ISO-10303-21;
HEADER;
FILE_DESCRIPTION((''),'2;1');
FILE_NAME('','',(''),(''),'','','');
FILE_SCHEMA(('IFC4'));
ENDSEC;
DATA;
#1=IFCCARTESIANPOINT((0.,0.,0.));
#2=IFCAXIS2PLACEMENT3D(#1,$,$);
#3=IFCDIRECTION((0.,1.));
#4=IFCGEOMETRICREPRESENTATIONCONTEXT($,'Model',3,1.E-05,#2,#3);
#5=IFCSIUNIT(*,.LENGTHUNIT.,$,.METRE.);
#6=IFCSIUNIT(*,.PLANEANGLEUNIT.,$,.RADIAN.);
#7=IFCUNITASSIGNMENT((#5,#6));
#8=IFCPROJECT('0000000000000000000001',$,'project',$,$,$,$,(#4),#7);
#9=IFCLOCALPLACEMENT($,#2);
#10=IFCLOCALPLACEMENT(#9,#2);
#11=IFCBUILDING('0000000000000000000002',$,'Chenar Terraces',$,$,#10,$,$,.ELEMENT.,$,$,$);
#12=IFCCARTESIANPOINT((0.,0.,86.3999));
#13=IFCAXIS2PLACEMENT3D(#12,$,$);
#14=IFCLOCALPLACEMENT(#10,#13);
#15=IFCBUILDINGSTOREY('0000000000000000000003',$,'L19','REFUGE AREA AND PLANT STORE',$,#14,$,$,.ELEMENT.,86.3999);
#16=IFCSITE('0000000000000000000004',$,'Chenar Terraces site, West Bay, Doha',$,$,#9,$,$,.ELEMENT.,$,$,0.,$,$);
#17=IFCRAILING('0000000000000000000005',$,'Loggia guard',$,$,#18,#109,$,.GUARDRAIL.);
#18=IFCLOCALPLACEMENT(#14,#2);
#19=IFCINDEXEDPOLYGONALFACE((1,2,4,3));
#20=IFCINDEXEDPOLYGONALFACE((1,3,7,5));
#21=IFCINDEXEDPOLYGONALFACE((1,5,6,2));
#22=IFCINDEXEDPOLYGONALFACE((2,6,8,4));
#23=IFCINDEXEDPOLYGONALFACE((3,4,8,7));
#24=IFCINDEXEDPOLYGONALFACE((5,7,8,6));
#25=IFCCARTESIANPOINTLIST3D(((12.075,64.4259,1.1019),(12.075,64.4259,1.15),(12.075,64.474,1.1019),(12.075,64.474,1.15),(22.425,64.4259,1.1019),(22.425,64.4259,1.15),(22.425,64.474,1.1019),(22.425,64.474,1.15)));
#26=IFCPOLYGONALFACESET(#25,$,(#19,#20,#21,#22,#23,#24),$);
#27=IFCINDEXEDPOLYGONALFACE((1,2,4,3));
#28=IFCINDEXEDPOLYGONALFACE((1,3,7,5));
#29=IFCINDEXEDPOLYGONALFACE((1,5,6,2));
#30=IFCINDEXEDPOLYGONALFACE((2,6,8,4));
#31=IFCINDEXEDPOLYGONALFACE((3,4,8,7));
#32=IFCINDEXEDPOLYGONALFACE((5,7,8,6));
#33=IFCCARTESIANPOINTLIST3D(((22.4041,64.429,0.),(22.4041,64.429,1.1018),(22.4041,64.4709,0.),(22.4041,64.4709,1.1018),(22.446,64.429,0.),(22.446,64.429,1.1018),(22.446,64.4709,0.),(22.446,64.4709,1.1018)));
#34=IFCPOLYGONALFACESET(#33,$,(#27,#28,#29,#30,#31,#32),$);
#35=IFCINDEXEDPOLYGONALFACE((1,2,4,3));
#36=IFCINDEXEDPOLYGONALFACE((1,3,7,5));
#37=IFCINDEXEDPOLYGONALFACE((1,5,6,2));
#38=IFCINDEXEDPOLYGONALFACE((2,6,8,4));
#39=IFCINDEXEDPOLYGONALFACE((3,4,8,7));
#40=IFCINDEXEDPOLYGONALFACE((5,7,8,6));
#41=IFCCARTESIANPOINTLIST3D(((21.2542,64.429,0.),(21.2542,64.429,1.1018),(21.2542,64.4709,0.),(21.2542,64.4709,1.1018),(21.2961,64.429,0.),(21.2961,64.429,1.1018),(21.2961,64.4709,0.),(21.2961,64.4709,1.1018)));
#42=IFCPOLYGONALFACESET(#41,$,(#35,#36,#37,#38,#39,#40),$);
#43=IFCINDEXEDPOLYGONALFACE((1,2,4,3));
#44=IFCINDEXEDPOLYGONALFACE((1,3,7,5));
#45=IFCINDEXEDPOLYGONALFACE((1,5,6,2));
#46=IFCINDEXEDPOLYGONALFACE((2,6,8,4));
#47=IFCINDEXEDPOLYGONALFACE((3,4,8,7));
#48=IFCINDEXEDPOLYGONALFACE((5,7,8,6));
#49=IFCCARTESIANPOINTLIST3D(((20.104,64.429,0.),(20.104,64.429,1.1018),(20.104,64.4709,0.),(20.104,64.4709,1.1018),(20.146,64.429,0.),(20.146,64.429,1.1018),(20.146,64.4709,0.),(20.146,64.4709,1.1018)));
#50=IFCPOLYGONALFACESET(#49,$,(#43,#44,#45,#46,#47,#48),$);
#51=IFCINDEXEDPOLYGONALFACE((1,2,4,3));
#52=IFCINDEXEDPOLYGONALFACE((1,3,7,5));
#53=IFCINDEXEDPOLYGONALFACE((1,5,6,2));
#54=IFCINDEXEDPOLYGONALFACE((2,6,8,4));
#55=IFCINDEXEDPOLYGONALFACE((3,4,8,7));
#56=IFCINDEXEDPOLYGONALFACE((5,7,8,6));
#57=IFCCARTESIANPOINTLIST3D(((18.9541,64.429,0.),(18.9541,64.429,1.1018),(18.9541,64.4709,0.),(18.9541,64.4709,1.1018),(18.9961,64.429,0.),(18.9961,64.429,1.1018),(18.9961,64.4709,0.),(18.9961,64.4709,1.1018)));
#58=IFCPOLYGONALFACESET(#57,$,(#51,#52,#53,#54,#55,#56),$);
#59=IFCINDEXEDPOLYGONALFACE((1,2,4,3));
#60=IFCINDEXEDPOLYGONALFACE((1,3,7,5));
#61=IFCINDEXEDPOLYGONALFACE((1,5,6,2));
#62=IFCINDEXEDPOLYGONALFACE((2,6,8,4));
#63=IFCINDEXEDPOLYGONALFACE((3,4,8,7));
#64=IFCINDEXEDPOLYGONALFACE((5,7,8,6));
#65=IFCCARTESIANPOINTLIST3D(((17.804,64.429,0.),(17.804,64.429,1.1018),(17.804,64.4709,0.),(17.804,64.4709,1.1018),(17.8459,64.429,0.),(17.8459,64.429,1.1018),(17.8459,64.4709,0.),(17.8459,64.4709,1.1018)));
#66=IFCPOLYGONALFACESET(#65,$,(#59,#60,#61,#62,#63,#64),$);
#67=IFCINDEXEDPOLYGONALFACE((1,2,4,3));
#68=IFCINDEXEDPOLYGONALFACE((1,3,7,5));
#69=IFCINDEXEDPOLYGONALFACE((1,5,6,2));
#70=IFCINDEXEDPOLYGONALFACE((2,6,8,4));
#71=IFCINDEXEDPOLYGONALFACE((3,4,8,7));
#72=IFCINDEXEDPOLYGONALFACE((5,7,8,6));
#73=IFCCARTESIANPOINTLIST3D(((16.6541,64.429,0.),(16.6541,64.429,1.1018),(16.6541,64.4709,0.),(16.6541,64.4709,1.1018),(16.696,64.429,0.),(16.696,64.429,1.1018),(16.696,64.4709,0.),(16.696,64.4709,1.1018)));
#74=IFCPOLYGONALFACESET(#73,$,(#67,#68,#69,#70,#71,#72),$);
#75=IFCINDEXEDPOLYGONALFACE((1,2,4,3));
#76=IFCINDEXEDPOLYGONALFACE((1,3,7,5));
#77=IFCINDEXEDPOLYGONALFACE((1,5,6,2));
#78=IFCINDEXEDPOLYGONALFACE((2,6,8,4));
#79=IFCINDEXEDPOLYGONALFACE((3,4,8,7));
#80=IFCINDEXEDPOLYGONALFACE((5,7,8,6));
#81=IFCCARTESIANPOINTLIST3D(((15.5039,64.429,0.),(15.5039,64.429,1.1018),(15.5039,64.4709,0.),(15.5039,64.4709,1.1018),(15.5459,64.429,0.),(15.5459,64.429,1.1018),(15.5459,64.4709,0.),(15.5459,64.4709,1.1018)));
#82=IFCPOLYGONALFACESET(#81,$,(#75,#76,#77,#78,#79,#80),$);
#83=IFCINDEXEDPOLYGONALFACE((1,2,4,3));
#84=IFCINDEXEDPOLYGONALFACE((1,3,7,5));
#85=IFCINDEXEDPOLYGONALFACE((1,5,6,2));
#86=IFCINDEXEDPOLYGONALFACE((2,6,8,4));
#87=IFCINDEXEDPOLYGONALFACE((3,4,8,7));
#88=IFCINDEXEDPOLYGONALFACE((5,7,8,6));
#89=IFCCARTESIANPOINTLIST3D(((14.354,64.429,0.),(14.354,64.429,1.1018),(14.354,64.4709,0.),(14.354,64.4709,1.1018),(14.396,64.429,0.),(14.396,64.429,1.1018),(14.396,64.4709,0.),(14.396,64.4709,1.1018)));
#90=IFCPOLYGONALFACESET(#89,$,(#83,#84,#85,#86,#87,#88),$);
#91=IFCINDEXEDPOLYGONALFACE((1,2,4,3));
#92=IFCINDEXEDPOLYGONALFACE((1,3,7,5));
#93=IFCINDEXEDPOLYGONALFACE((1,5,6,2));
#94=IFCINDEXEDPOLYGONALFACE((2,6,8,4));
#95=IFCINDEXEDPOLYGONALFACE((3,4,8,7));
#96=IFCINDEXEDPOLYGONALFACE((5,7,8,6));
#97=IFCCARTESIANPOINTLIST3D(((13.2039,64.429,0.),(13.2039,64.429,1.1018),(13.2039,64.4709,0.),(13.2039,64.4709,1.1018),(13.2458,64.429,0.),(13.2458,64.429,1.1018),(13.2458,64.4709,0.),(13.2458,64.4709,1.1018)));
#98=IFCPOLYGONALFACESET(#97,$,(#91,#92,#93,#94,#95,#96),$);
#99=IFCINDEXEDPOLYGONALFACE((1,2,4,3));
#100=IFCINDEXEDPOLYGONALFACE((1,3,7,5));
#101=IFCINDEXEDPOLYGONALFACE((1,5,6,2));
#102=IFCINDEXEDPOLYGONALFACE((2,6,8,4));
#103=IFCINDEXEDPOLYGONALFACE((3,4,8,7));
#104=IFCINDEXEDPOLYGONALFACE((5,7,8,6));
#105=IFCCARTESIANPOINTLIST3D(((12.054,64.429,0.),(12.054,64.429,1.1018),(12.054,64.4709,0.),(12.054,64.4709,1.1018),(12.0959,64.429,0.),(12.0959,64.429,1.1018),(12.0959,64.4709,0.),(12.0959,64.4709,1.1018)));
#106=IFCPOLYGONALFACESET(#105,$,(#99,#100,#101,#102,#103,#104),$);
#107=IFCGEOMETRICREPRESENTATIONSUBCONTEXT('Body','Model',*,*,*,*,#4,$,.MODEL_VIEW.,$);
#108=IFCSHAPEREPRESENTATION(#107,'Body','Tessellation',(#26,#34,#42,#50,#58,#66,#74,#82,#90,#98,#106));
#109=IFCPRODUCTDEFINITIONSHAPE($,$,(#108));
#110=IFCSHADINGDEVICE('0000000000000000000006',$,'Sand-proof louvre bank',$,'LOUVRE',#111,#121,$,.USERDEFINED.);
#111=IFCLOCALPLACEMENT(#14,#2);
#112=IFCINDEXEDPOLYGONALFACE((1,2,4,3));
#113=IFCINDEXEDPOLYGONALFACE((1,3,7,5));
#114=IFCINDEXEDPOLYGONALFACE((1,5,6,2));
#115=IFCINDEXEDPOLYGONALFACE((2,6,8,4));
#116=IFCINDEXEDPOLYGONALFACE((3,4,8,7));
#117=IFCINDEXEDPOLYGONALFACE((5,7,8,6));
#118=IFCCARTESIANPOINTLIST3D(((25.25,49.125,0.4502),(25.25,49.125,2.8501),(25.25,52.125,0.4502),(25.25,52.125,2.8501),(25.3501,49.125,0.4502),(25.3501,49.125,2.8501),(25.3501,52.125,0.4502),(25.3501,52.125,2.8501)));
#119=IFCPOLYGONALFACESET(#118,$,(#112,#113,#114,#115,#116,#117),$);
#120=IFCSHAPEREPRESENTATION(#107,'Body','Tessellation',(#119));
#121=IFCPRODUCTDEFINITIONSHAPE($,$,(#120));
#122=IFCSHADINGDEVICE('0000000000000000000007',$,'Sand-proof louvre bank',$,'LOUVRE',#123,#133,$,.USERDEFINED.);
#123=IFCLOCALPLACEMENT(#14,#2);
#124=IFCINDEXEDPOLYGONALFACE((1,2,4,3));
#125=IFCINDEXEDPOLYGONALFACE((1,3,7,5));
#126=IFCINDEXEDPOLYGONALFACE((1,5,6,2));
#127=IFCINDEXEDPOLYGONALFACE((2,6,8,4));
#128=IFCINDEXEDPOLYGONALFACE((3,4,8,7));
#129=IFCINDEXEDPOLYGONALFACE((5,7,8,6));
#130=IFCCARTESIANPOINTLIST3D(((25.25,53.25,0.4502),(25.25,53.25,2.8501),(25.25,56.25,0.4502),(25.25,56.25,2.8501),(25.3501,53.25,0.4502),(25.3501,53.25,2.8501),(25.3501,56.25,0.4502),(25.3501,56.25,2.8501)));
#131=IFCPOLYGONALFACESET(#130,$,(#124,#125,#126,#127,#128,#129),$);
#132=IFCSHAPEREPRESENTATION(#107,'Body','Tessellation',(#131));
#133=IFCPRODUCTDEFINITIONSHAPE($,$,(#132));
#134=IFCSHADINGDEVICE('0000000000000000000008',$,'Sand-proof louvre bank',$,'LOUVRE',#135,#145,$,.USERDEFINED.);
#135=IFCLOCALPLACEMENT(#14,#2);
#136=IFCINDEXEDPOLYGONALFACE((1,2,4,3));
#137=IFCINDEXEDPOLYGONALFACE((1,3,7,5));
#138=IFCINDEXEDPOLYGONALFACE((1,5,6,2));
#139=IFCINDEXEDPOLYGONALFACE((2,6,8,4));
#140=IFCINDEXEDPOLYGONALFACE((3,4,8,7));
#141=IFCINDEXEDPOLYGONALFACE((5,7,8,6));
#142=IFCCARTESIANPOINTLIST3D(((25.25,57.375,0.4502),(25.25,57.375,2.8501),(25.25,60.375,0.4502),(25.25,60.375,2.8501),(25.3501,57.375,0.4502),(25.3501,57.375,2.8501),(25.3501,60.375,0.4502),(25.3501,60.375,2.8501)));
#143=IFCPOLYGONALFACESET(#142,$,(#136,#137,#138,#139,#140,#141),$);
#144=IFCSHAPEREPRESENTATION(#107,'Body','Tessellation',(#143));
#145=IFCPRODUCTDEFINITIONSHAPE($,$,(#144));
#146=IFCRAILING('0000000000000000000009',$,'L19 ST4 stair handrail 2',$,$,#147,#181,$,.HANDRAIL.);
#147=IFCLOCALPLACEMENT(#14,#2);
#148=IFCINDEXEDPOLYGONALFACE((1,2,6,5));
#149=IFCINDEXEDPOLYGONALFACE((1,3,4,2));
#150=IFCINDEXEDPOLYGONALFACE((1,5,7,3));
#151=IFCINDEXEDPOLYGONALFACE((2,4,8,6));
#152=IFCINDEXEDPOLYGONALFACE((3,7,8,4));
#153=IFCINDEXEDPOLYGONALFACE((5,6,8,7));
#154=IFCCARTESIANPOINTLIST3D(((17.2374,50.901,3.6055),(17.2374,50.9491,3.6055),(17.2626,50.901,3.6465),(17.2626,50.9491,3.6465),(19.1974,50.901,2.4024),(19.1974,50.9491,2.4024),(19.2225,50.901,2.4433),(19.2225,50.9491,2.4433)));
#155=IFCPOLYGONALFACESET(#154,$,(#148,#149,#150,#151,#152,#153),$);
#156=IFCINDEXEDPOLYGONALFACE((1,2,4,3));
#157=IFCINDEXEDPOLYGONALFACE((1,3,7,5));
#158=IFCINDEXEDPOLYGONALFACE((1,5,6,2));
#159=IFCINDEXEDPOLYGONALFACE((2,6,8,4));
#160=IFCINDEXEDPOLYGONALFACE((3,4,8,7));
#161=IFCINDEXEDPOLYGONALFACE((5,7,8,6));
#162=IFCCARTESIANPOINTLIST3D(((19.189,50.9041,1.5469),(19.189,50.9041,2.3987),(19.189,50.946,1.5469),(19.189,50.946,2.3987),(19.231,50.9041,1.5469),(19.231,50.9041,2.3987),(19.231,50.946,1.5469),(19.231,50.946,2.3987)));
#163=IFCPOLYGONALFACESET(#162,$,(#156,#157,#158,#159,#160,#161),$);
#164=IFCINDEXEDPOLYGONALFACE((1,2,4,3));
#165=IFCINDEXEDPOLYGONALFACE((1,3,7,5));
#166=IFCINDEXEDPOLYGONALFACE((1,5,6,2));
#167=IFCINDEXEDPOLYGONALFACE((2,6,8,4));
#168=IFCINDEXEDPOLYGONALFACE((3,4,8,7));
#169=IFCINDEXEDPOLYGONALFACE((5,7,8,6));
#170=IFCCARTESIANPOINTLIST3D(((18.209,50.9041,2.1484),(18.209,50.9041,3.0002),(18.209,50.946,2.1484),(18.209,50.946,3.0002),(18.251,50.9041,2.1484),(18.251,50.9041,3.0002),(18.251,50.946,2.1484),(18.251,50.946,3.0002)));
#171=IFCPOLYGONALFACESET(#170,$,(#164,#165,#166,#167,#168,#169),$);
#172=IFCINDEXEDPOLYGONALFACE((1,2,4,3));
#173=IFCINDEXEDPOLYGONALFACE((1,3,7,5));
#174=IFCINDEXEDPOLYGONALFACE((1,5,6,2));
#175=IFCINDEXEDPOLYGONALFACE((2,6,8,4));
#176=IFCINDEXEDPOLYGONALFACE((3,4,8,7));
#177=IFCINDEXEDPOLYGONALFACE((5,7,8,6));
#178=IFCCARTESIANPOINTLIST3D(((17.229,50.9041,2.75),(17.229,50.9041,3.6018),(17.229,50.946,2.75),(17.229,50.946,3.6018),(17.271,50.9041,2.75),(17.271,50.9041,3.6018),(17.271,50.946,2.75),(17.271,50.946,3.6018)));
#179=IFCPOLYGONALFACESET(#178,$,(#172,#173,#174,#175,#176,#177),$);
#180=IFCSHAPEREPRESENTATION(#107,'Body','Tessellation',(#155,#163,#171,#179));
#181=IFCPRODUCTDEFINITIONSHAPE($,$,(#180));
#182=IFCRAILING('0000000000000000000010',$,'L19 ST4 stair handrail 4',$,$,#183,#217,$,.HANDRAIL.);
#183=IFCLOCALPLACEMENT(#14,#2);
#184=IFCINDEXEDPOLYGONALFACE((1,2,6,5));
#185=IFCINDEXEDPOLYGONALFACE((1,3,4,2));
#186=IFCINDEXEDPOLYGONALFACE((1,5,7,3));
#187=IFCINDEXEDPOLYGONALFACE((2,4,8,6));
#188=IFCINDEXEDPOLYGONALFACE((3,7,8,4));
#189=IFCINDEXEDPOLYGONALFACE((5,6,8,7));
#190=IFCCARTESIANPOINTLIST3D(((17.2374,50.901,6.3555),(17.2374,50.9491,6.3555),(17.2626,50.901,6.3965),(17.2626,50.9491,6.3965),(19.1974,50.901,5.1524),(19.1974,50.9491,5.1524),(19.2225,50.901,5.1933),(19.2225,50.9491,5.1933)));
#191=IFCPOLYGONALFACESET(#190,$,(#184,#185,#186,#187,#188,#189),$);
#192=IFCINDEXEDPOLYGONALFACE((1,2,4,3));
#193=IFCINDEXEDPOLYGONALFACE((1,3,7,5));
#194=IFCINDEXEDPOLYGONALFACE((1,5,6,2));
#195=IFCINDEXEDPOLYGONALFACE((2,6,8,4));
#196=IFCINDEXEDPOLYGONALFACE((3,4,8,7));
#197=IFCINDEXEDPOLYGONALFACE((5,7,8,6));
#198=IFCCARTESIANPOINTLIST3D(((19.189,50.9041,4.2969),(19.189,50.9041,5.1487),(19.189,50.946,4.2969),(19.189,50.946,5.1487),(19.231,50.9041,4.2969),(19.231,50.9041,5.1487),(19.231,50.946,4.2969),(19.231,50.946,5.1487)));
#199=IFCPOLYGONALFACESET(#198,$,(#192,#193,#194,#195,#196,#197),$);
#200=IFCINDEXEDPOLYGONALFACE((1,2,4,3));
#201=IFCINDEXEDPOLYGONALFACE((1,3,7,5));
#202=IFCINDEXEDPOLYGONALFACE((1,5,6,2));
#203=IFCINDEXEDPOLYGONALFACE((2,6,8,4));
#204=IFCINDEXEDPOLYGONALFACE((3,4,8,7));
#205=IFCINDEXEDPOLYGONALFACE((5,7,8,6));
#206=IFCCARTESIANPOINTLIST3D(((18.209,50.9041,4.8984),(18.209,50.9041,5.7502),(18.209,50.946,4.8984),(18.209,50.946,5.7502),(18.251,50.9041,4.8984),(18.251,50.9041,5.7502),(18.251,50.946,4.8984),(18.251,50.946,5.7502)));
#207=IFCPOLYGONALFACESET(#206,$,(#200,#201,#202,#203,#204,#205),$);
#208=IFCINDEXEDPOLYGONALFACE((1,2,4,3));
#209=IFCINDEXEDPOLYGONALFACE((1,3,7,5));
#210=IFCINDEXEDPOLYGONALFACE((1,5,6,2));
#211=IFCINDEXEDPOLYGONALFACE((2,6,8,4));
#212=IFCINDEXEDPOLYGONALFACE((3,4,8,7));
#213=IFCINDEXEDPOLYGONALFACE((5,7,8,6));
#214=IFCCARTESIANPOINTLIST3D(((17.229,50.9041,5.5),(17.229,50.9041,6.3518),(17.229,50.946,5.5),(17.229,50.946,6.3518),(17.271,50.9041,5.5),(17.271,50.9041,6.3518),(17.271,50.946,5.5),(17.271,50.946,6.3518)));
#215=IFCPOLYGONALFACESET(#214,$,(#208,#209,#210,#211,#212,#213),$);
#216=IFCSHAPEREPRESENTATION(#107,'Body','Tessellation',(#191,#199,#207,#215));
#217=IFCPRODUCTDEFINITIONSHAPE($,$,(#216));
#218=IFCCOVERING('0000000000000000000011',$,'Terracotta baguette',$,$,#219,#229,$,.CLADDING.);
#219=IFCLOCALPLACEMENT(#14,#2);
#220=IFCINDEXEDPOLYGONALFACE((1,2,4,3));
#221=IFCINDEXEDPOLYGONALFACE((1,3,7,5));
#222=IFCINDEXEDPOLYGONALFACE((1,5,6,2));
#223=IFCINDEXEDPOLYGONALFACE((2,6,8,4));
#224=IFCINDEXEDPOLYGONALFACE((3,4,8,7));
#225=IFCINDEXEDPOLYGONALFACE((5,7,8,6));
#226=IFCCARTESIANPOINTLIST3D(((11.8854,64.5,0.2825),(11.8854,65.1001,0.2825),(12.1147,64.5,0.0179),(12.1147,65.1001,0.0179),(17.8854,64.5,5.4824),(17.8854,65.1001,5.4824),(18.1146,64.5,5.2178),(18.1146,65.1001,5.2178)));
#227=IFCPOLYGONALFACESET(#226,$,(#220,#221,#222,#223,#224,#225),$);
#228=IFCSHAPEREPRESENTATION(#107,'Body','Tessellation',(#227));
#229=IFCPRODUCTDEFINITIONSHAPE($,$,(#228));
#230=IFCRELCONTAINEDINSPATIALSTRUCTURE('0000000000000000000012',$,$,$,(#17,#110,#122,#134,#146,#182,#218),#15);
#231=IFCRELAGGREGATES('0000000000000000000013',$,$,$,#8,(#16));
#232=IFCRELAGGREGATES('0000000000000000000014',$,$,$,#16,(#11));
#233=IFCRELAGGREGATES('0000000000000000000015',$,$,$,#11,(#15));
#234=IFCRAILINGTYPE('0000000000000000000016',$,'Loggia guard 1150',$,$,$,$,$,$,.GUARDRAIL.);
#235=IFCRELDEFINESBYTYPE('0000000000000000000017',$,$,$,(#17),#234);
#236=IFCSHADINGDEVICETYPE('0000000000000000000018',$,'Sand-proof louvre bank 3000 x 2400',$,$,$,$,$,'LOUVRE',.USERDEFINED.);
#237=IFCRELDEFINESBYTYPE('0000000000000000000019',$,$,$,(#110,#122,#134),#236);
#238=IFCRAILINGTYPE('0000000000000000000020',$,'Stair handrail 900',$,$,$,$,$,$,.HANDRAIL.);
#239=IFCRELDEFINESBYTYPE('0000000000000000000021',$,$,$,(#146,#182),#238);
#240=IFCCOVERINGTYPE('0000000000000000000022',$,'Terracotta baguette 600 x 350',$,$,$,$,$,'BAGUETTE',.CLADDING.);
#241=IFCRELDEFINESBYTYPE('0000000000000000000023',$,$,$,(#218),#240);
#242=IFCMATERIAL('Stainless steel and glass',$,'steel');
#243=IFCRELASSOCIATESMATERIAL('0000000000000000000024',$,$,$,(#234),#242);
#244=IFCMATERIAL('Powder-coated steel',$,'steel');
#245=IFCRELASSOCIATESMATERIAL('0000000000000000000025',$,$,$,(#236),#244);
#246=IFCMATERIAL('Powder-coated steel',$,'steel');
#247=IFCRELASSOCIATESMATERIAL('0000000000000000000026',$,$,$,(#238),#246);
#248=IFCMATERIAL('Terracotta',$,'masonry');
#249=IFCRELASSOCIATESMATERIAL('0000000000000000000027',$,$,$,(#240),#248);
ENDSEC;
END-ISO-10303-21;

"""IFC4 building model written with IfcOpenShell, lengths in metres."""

from ifc_helpers import new_model, si_unit, direction, frame, origin, origin_2d, place, context, subcontext, project, spatial, rectangle, extrude, material, material_profile, profile_set, type_object, element, save


model = new_model("IFC4")

# Units and contexts
model_context = context("Model", 3, precision=1e-05, world=origin(), true_north=direction((0.0, 1.0)))
body_context = subcontext(model_context, "Body", "Model", "MODEL_VIEW")
ifc_project = project(units=[si_unit("LENGTHUNIT", "METRE"), si_unit("PLANEANGLEUNIT", "RADIAN")], contexts=[model_context])

# Site, building, storey
site_placement = place(None, origin())
site = spatial("IfcSite", under=ifc_project, at=site_placement, Name="Chenar Terraces site, West Bay, Doha", CompositionType="ELEMENT", RefElevation=0.0)
building_placement = place(site_placement, origin())
building = spatial("IfcBuilding", under=site, at=building_placement, Name="Chenar Terraces", CompositionType="ELEMENT")
storey_placement = place(building_placement, frame((0.0, 0.0, 86.3999)))
storey = spatial("IfcBuildingStorey", under=building, at=storey_placement, Name="L19", Description="REFUGE AREA AND PLANT STORE", CompositionType="ELEMENT", Elevation=86.3999)

# Railing
ifc_material_1 = material(Name="Stainless steel and glass", Category="steel")
railing_type_1 = type_object("IfcRailingType", Name="Loggia guard 1150", PredefinedType="GUARDRAIL", material=ifc_material_1)
railing_1_placement = place(storey_placement, frame((22.425, 64.45, 0.0)))
element("IfcRailing", 1, at=railing_1_placement, inside=storey, type_object=railing_type_1, Name="Loggia guard", PredefinedType="GUARDRAIL", context=body_context, shape_type="SweptSolid", body=[
    extrude(rectangle(XDim=0.0481, YDim=0.0481, at=origin_2d()), frame((0.0, 0.0, 1.126), z_axis=(-1.0, 0.0, 0.0), x_axis=(0.0, -1.0, 0.0)), (0.0, 0.0, 1.0), 10.3501),
    extrude(rectangle(XDim=0.042, YDim=0.042, at=origin_2d()), origin(), (0.0, 0.0, 1.0), 1.1018),
    extrude(rectangle(XDim=0.042, YDim=0.042, at=origin_2d()), frame((-1.1499, 0.0, 0.0)), (0.0, 0.0, 1.0), 1.1018),
    extrude(rectangle(XDim=0.042, YDim=0.042, at=origin_2d()), frame((-2.3, 0.0, 0.0)), (0.0, 0.0, 1.0), 1.1018),
    extrude(rectangle(XDim=0.042, YDim=0.042, at=origin_2d()), frame((-3.45, 0.0, 0.0)), (0.0, 0.0, 1.0), 1.1018),
    extrude(rectangle(XDim=0.042, YDim=0.042, at=origin_2d()), frame((-4.6001, 0.0, 0.0)), (0.0, 0.0, 1.0), 1.1018),
    extrude(rectangle(XDim=0.042, YDim=0.042, at=origin_2d()), frame((-5.75, 0.0, 0.0)), (0.0, 0.0, 1.0), 1.1018),
    extrude(rectangle(XDim=0.042, YDim=0.042, at=origin_2d()), frame((-6.9001, 0.0, 0.0)), (0.0, 0.0, 1.0), 1.1018),
    extrude(rectangle(XDim=0.042, YDim=0.042, at=origin_2d()), frame((-8.05, 0.0, 0.0)), (0.0, 0.0, 1.0), 1.1018),
    extrude(rectangle(XDim=0.042, YDim=0.042, at=origin_2d()), frame((-9.2002, 0.0, 0.0)), (0.0, 0.0, 1.0), 1.1018),
    extrude(rectangle(XDim=0.042, YDim=0.042, at=origin_2d()), frame((-10.3501, 0.0, 0.0)), (0.0, 0.0, 1.0), 1.1018),
])

# Shading devices
ifc_material_2 = material(Name="Powder-coated steel", Category="steel")
shading_device_type = type_object("IfcShadingDeviceType", Name="Sand-proof louvre bank 3000 x 2400", ElementType="LOUVRE", PredefinedType="USERDEFINED", material=ifc_material_2)
for number, where, z_axis, x_axis, name in (
    (2, (25.3, 50.625, 0.4502), (0.0, 0.0, 1.0), (0.0, 1.0, 0.0), "Sand-proof louvre bank"),
    (3, (25.3, 54.75, 0.4502), (0.0, 0.0, 1.0), (0.0, 1.0, 0.0), "Sand-proof louvre bank"),
    (4, (25.3, 58.875, 0.4502), (0.0, 0.0, 1.0), (0.0, 1.0, 0.0), "Sand-proof louvre bank"),
):
    element("IfcShadingDevice", number, at=place(storey_placement, frame(where, z_axis=z_axis, x_axis=x_axis)), inside=storey, type_object=shading_device_type, Name=name, ObjectType="LOUVRE", PredefinedType="USERDEFINED", context=body_context, shape_type="SweptSolid", body=[
        extrude(rectangle(XDim=3.0, YDim=0.1001, at=origin_2d()), origin(), (0.0, 0.0, 1.0), 2.3999),
    ])

# Railings
ifc_material_3 = material(Name="Powder-coated steel", Category="steel")
railing_type_2 = type_object("IfcRailingType", Name="Stair handrail 900", PredefinedType="HANDRAIL", material=ifc_material_3)
for number, where, name in (
    (5, (19.21, 50.925, 1.5469), "L19 ST4 stair handrail 2"),
    (6, (19.21, 50.925, 4.2969), "L19 ST4 stair handrail 4"),
):
    element("IfcRailing", number, at=place(storey_placement, frame(where)), inside=storey, type_object=railing_type_2, Name=name, PredefinedType="HANDRAIL", context=body_context, shape_type="SweptSolid", body=[
        extrude(rectangle(XDim=0.0481, YDim=0.0481, at=origin_2d()), frame((0.0, 0.0, 0.876), z_axis=(-0.852241, 0.0, 0.523149), x_axis=(0.0, -1.0, 0.0)), (0.0, 0.0, 1.0), 2.2998),
        extrude(rectangle(XDim=0.042, YDim=0.042, at=origin_2d()), origin(), (0.0, 0.0, 1.0), 0.8518),
        extrude(rectangle(XDim=0.042, YDim=0.042, at=origin_2d()), frame((-0.98, 0.0, 0.6016)), (0.0, 0.0, 1.0), 0.8518),
        extrude(rectangle(XDim=0.042, YDim=0.042, at=origin_2d()), frame((-1.96, 0.0, 1.2031)), (0.0, 0.0, 1.0), 0.8518),
    ])

# Covering
ifc_material_4 = material(Name="Terracotta", Category="masonry")
ifc_material_profile_1 = material_profile(ifc_material_4, rectangle(XDim=0.6001, YDim=0.3501, at=origin_2d()), Name="Terracotta baguette 600 x 350")
ifc_profile_set_1 = profile_set([ifc_material_profile_1], Name="Terracotta")
covering_type = type_object("IfcCoveringType", Name="Terracotta baguette 600 x 350", ElementType="BAGUETTE", PredefinedType="CLADDING", material=ifc_profile_set_1)
for number, where, z_axis, x_axis, name in (
    (7, (18.0, 64.8, 5.3501), (-0.755692, 0.0, -0.654927), (0.0, -1.0, 0.0), "Terracotta baguette"),
):
    element("IfcCovering", number, at=place(storey_placement, frame(where, z_axis=z_axis, x_axis=x_axis)), inside=storey, type_object=covering_type, Name=name, PredefinedType="CLADDING", context=body_context, shape_type="SweptSolid", body=[
        extrude(rectangle(XDim=0.6001, YDim=0.3501, at=origin_2d()), origin(), (0.0, 0.0, 1.0), 7.9397),
    ])

save(model, "model.ifc")
